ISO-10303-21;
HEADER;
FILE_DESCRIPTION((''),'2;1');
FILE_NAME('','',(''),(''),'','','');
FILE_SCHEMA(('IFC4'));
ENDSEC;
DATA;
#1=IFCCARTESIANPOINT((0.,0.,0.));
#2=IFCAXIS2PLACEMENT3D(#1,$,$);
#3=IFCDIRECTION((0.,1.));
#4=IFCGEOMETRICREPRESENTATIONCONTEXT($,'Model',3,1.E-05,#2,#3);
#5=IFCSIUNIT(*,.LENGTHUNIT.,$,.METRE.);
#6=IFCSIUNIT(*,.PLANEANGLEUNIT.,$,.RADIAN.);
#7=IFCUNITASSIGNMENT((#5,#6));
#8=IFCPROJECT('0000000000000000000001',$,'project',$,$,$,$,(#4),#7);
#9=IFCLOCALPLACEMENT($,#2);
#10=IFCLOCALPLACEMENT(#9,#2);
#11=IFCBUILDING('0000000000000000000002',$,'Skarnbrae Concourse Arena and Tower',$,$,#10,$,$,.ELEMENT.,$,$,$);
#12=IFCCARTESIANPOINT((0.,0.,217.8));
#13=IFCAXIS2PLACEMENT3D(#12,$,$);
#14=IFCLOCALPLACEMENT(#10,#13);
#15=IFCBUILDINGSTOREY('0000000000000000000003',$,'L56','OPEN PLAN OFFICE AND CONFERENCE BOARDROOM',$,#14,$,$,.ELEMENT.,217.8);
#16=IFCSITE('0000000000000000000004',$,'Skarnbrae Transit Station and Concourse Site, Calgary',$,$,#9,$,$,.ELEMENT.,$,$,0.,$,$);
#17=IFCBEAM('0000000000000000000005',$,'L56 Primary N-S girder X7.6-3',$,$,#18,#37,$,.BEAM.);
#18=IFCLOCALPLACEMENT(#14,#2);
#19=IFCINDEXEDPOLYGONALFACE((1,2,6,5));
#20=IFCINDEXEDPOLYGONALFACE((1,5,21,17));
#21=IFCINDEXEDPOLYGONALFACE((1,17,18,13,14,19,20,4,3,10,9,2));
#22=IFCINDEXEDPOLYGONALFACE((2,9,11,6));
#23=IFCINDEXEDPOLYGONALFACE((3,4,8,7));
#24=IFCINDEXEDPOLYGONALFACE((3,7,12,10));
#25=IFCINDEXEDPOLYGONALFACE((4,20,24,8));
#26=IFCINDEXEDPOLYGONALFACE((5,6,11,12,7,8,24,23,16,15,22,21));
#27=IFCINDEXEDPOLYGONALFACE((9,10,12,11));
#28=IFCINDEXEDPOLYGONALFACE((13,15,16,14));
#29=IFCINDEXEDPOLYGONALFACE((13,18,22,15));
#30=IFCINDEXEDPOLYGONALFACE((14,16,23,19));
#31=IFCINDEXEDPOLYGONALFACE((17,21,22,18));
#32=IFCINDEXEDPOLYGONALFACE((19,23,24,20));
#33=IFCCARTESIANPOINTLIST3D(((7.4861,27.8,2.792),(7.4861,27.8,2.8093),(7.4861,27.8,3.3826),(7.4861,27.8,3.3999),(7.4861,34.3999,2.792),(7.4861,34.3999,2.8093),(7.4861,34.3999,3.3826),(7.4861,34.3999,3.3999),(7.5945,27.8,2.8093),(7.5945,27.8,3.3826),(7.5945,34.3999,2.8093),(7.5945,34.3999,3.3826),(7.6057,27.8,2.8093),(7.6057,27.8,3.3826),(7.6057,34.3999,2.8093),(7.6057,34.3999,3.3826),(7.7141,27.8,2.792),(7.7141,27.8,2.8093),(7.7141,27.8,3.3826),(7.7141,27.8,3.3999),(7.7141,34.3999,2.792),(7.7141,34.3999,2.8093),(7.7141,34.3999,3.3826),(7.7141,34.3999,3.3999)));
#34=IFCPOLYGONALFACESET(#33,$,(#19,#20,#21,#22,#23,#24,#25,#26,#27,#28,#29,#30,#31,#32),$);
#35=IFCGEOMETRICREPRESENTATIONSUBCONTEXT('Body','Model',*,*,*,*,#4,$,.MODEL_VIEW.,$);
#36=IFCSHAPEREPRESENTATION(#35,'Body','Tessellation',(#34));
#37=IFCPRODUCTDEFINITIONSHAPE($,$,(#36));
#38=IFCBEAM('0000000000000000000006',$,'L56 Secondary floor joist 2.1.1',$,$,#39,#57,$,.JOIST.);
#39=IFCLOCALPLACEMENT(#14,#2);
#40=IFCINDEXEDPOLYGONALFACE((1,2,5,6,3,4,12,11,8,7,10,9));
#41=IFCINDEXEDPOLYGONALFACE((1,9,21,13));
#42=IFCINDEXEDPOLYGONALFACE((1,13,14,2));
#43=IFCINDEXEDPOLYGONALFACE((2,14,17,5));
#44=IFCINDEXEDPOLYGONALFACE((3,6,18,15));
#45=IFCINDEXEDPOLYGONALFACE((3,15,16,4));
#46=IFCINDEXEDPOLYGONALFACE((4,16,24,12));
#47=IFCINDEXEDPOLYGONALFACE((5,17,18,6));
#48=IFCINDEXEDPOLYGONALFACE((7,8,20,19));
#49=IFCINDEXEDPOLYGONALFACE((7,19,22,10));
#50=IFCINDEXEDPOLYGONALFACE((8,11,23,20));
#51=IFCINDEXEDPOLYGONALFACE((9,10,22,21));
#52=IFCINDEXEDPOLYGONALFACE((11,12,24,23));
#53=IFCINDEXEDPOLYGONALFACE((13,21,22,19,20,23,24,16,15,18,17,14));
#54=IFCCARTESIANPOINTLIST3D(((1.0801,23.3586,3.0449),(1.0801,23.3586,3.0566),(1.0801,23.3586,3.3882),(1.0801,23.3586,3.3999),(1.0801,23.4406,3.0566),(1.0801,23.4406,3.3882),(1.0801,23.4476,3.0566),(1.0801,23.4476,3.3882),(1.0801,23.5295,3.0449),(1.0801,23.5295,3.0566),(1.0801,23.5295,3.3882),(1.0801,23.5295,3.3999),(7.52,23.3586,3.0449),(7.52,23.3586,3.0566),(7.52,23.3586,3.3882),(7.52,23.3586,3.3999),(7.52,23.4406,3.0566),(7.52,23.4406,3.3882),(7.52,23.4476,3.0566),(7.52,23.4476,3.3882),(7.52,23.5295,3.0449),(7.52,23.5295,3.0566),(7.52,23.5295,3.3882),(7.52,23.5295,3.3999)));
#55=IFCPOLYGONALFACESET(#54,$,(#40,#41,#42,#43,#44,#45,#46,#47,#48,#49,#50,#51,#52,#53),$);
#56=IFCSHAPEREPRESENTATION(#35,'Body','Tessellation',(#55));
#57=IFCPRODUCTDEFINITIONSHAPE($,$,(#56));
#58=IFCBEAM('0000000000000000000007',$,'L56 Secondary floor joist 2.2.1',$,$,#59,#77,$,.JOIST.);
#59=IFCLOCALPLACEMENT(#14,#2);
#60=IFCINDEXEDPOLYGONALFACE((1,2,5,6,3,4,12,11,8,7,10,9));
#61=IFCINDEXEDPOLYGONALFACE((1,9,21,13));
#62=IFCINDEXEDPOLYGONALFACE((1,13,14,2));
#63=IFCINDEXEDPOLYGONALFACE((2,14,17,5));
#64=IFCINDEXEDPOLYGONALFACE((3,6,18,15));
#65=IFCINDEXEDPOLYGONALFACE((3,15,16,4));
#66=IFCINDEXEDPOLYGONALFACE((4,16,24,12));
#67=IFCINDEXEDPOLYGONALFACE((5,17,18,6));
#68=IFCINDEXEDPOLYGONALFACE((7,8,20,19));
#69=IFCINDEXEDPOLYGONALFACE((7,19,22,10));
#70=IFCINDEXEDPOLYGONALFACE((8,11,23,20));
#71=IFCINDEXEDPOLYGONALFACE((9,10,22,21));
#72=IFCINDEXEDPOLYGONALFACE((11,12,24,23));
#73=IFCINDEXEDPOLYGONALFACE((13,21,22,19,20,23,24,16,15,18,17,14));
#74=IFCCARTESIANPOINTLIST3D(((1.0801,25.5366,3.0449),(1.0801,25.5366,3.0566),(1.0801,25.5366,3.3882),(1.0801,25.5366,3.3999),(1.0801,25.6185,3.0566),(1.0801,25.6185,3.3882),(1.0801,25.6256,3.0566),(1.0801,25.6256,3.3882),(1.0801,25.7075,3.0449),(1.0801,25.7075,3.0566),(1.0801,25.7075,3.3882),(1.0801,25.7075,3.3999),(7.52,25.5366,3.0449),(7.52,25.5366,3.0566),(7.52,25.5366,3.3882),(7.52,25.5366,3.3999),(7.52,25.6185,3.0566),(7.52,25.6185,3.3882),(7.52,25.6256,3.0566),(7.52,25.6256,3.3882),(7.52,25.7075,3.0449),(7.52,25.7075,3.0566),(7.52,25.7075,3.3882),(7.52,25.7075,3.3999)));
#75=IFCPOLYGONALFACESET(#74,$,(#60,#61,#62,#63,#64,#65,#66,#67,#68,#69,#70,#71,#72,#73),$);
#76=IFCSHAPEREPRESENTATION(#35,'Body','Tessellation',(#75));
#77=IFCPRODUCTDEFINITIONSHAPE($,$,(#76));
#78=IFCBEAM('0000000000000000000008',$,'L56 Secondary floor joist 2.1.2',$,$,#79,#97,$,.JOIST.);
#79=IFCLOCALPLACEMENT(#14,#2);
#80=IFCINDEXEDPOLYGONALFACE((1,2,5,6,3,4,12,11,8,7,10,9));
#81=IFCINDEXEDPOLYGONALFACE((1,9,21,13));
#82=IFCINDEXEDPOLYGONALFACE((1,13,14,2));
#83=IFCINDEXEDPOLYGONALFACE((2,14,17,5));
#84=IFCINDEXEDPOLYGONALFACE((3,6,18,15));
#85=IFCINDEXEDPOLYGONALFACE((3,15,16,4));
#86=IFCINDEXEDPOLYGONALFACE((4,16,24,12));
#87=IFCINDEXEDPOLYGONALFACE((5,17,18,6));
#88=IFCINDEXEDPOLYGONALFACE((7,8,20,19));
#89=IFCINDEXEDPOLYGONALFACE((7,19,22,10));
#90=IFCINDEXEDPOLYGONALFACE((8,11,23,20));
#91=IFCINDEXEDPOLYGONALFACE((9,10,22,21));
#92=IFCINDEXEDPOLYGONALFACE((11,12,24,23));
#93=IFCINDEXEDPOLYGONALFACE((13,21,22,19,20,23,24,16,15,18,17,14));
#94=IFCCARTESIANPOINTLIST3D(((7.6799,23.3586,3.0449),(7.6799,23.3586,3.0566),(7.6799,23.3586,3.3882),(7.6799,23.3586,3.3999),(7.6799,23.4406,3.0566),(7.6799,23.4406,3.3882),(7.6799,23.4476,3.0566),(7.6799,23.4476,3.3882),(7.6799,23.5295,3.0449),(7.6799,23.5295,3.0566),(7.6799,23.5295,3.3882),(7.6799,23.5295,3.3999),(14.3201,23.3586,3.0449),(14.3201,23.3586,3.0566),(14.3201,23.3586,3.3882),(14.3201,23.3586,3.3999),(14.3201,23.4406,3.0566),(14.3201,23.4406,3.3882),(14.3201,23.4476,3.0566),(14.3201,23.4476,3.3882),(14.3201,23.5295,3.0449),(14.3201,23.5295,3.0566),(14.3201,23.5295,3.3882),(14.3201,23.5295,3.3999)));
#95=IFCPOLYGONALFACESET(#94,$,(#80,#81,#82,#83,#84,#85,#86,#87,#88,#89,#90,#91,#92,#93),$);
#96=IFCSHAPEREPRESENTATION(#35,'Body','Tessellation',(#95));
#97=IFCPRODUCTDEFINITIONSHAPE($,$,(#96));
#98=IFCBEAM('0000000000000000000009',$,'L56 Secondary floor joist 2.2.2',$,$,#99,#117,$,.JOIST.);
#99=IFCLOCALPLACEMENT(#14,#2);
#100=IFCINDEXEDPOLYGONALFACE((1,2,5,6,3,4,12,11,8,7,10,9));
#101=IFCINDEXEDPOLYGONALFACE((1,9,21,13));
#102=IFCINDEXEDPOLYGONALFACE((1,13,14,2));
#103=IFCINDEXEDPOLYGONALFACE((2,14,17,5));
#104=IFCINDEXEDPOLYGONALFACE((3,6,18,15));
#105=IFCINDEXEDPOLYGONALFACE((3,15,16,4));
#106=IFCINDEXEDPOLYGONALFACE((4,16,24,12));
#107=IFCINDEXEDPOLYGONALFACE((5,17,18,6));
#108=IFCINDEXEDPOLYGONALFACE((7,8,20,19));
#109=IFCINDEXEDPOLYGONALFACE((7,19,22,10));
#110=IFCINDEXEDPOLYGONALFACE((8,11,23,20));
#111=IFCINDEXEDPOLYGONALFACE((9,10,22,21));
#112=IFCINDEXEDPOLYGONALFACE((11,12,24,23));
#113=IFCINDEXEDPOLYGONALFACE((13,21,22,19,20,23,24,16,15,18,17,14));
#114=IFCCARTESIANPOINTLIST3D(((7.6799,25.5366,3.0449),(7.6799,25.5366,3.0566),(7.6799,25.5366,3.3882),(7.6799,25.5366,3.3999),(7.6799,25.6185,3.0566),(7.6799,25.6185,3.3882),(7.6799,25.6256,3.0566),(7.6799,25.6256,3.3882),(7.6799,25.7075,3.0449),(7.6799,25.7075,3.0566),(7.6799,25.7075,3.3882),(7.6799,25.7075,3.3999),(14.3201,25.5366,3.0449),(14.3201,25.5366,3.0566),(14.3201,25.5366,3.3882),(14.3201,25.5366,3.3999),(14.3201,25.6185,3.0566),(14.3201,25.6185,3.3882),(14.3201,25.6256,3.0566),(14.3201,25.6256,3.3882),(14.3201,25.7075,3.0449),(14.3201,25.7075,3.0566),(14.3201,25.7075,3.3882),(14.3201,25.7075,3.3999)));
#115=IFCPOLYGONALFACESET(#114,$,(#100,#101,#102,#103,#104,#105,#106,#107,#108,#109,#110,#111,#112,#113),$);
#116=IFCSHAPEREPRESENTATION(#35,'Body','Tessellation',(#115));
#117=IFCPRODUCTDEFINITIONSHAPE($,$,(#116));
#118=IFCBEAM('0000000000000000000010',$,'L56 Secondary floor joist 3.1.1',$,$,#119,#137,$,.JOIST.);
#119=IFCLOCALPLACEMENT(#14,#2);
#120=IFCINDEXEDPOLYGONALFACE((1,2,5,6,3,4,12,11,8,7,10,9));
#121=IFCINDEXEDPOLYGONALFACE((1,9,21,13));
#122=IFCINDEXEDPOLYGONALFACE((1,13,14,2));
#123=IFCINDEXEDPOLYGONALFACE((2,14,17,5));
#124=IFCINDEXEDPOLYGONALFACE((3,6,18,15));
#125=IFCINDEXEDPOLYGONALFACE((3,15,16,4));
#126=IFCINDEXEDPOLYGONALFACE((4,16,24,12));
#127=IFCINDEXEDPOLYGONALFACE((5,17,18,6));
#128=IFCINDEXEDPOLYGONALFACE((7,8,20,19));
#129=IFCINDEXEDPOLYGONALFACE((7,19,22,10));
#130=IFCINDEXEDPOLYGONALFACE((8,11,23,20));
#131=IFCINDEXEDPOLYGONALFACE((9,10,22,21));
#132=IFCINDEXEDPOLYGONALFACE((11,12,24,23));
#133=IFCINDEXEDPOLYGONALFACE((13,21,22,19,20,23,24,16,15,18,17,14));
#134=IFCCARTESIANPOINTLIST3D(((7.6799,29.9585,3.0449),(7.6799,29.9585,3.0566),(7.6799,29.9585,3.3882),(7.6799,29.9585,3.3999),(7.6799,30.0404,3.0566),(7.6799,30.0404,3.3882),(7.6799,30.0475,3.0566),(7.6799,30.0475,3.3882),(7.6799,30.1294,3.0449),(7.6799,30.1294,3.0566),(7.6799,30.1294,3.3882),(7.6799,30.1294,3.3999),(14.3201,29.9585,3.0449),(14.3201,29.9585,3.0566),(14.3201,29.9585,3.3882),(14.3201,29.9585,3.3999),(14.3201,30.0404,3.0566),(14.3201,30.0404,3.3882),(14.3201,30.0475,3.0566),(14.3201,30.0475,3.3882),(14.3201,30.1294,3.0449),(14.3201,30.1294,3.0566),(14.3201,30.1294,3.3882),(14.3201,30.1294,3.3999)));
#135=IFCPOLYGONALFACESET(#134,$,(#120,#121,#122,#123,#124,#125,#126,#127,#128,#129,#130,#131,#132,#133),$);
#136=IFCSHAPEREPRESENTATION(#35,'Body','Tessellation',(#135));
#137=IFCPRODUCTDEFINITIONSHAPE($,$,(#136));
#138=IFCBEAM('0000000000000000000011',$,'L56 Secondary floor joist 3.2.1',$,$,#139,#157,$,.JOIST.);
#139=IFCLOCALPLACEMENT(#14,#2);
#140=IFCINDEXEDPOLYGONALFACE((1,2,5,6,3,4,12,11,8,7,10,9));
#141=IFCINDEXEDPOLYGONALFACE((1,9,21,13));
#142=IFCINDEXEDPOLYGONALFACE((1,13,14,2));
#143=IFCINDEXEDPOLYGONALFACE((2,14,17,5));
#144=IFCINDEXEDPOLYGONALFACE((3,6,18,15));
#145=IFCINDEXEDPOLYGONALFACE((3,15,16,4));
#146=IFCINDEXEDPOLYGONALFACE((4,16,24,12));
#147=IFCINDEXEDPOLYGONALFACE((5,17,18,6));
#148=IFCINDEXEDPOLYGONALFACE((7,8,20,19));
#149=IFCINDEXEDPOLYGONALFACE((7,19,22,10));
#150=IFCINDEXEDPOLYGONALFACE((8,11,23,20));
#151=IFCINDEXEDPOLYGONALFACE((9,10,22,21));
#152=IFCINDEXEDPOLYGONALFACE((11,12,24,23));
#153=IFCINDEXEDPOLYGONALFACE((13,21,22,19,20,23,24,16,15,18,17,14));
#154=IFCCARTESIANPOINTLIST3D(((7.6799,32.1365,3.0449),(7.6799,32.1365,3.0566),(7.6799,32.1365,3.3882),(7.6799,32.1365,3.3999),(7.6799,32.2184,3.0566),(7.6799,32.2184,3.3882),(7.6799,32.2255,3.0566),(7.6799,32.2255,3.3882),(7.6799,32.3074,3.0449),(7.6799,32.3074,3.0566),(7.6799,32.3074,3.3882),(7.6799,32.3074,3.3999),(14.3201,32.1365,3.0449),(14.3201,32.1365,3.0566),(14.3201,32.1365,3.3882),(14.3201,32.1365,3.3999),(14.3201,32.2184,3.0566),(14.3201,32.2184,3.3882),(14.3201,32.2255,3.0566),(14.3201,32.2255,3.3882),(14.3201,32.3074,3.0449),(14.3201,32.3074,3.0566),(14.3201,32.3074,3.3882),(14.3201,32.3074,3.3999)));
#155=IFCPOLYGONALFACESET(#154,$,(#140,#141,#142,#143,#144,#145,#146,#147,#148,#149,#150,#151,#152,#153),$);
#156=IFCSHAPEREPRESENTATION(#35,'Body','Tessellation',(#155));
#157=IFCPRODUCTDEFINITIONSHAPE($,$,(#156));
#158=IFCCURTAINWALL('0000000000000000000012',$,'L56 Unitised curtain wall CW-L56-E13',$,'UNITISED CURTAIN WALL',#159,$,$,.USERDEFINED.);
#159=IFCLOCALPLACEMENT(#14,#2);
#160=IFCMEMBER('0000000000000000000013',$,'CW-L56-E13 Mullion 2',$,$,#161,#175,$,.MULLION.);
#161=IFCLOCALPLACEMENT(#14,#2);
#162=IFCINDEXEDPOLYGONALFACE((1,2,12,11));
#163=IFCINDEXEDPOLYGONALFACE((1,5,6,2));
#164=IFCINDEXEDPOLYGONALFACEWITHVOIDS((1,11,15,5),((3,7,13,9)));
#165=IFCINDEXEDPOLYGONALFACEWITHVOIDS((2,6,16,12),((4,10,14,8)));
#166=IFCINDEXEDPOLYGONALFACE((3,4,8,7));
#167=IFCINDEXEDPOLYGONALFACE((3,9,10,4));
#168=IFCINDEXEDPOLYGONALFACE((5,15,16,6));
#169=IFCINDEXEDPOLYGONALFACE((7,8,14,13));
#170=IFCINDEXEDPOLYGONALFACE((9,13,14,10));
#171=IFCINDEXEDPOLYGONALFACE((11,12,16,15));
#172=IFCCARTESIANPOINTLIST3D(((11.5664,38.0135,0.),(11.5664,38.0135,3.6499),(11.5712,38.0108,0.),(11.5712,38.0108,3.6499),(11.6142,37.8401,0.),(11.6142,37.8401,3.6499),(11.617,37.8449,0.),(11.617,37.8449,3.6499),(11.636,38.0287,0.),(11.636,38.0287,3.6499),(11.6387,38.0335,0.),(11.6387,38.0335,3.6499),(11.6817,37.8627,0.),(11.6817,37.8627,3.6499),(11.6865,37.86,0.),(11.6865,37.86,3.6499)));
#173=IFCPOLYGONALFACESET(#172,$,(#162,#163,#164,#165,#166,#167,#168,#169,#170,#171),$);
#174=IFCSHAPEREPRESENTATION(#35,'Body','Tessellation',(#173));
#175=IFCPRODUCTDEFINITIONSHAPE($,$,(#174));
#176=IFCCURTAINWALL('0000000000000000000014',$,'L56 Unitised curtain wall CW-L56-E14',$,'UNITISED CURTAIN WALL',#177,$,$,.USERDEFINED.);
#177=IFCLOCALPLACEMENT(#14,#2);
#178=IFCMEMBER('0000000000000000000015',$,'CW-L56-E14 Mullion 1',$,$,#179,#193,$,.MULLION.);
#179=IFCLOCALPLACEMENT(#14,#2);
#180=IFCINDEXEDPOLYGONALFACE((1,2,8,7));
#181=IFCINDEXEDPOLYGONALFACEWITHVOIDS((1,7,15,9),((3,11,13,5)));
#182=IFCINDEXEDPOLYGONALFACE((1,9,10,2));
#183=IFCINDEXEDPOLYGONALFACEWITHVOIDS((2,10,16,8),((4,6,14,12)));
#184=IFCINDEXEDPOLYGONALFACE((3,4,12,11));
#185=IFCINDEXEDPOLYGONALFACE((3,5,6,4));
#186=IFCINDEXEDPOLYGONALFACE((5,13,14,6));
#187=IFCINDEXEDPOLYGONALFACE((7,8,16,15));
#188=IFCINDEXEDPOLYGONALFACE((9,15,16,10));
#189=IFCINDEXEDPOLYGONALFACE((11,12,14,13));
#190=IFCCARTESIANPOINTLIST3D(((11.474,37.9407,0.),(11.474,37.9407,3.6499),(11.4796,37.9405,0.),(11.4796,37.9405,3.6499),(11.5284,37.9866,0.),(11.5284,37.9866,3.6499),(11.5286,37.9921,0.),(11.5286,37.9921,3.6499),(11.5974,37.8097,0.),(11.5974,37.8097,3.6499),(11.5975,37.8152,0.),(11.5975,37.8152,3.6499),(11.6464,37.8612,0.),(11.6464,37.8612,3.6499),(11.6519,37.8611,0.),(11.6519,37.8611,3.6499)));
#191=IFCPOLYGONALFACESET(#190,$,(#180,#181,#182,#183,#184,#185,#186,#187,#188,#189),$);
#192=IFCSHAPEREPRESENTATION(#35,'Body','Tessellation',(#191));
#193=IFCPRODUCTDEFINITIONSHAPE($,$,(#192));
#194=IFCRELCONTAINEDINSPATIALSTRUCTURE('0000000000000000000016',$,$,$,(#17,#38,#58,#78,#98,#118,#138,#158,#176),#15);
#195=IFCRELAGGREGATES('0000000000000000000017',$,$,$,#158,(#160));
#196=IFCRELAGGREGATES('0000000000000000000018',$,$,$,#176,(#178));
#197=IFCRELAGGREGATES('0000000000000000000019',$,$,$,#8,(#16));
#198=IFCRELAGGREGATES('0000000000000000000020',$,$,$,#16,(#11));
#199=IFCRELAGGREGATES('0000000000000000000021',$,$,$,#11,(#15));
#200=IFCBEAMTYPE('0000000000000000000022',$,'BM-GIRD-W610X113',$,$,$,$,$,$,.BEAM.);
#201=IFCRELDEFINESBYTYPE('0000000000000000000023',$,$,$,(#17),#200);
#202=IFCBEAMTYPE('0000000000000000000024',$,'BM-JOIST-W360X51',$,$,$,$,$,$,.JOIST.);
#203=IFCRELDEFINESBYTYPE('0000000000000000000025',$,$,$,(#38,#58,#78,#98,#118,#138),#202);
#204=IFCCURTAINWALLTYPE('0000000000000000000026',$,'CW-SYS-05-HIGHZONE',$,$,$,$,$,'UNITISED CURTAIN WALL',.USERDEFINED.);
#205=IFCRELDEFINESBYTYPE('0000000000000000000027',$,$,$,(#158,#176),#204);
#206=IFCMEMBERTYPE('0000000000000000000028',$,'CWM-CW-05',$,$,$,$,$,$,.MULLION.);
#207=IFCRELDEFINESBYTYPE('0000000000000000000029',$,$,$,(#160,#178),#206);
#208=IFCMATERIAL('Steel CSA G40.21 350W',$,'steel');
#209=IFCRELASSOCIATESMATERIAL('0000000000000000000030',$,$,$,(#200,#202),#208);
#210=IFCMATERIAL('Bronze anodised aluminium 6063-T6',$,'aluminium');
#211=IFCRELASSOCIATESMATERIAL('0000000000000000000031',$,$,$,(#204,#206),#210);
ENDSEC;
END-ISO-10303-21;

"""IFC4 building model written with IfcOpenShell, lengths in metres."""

from ifc_helpers import new_model, si_unit, direction, frame, origin, origin_2d, place, context, subcontext, project, spatial, hollow_rectangle, i_section, extrude, source, transform, mapped, material, material_profile, profile_set, type_object, element, aggregate, save


model = new_model("IFC4")

# Units and contexts
model_context = context("Model", 3, precision=1e-05, world=origin(), true_north=direction((0.0, 1.0)))
body_context = subcontext(model_context, "Body", "Model", "MODEL_VIEW")
ifc_project = project(units=[si_unit("LENGTHUNIT", "METRE"), si_unit("PLANEANGLEUNIT", "RADIAN")], contexts=[model_context])

# Site, building, storey
site_placement = place(None, origin())
site = spatial("IfcSite", under=ifc_project, at=site_placement, Name="Skarnbrae Transit Station and Concourse Site, Calgary", CompositionType="ELEMENT", RefElevation=0.0)
building_placement = place(site_placement, origin())
building = spatial("IfcBuilding", under=site, at=building_placement, Name="Skarnbrae Concourse Arena and Tower", CompositionType="ELEMENT")
storey_placement = place(building_placement, frame((0.0, 0.0, 217.8)))
storey = spatial("IfcBuildingStorey", under=building, at=storey_placement, Name="L56", Description="OPEN PLAN OFFICE AND CONFERENCE BOARDROOM", CompositionType="ELEMENT", Elevation=217.8)

# Shared definitions
ifc_material_1 = material(Name="Steel CSA G40.21 350W", Category="steel")

# Beams
ifc_material_profile_1 = material_profile(ifc_material_1, i_section(OverallWidth=0.228, OverallDepth=0.6079, WebThickness=0.0112, FlangeThickness=0.0173, at=origin_2d()), Name="W610X113")
ifc_profile_set_1 = profile_set([ifc_material_profile_1], Name="Steel CSA G40.21 350W")
beam_type_1 = type_object("IfcBeamType", Name="BM-GIRD-W610X113", PredefinedType="BEAM", material=ifc_profile_set_1)
shared_shape_1 = source(origin(), body_context, "Body", "SweptSolid", [
    extrude(i_section(OverallWidth=0.228, OverallDepth=0.6079, WebThickness=0.0112, FlangeThickness=0.0173, at=origin_2d()), origin(), (0.0, 0.0, 1.0), 6.5999),
])
beam_1_placement = place(storey_placement, frame((7.6001, 27.8, 3.0959), z_axis=(0.0, 1.0, 0.0), x_axis=(-1.0, 0.0, 0.0)))
element("IfcBeam", 1, at=beam_1_placement, inside=storey, type_object=beam_type_1, Name="L56 Primary N-S girder X7.6-3", PredefinedType="BEAM", context=body_context, shape_type="MappedRepresentation", body=[
    mapped(shared_shape_1, transform((0.0, 0.0, 0.0))),
])
ifc_material_profile_2 = material_profile(ifc_material_1, i_section(OverallWidth=0.1709, OverallDepth=0.355, WebThickness=0.0071, FlangeThickness=0.0117, at=origin_2d()), Name="W360X51")
ifc_profile_set_2 = profile_set([ifc_material_profile_2], Name="Steel CSA G40.21 350W")
beam_type_2 = type_object("IfcBeamType", Name="BM-JOIST-W360X51", PredefinedType="JOIST", material=ifc_profile_set_2)
shared_shape_2 = source(origin(), body_context, "Body", "SweptSolid", [
    extrude(i_section(OverallWidth=0.1709, OverallDepth=0.355, WebThickness=0.0071, FlangeThickness=0.0117, at=origin_2d()), origin(), (0.0, 0.0, 1.0), 6.4399),
])
for number, where, z_axis, x_axis, name in (
    (2, (1.0801, 23.4441, 3.2224), (1.0, 0.0, 0.0), (0.0, 1.0, 0.0), "L56 Secondary floor joist 2.1.1"),
    (3, (1.0801, 25.6221, 3.2224), (1.0, 0.0, 0.0), (0.0, 1.0, 0.0), "L56 Secondary floor joist 2.2.1"),
):
    element("IfcBeam", number, at=place(storey_placement, frame(where, z_axis=z_axis, x_axis=x_axis)), inside=storey, type_object=beam_type_2, Name=name, PredefinedType="JOIST", context=body_context, shape_type="MappedRepresentation", body=[
        mapped(shared_shape_2, transform((0.0, 0.0, 0.0))),
    ])
shared_shape_3 = source(origin(), body_context, "Body", "SweptSolid", [
    extrude(i_section(OverallWidth=0.1709, OverallDepth=0.355, WebThickness=0.0071, FlangeThickness=0.0117, at=origin_2d()), origin(), (0.0, 0.0, 1.0), 6.6401),
])
for number, where, z_axis, x_axis, name in (
    (4, (7.6799, 23.4441, 3.2224), (1.0, 0.0, 0.0), (0.0, 1.0, 0.0), "L56 Secondary floor joist 2.1.2"),
    (5, (7.6799, 25.6221, 3.2224), (1.0, 0.0, 0.0), (0.0, 1.0, 0.0), "L56 Secondary floor joist 2.2.2"),
    (6, (7.6799, 30.0439, 3.2224), (1.0, 0.0, 0.0), (0.0, 1.0, 0.0), "L56 Secondary floor joist 3.1.1"),
    (7, (7.6799, 32.2219, 3.2224), (1.0, 0.0, 0.0), (0.0, 1.0, 0.0), "L56 Secondary floor joist 3.2.1"),
):
    element("IfcBeam", number, at=place(storey_placement, frame(where, z_axis=z_axis, x_axis=x_axis)), inside=storey, type_object=beam_type_2, Name=name, PredefinedType="JOIST", context=body_context, shape_type="MappedRepresentation", body=[
        mapped(shared_shape_3, transform((0.0, 0.0, 0.0))),
    ])

# Curtain wall, member
ifc_material_2 = material(Name="Bronze anodised aluminium 6063-T6", Category="aluminium")
curtain_wall_type = type_object("IfcCurtainWallType", Name="CW-SYS-05-HIGHZONE", ElementType="UNITISED CURTAIN WALL", PredefinedType="USERDEFINED", material=ifc_material_2)
curtain_wall_1_placement = place(storey_placement, origin())
curtain_wall_1 = element("IfcCurtainWall", 8, at=curtain_wall_1_placement, inside=storey, type_object=curtain_wall_type, Name="L56 Unitised curtain wall CW-L56-E13", ObjectType="UNITISED CURTAIN WALL", PredefinedType="USERDEFINED")
ifc_material_profile_3 = material_profile(ifc_material_2, hollow_rectangle(XDim=0.075, YDim=0.1799, WallThickness=0.0039, at=origin_2d()), Name="ALU-MULL-75X180")
ifc_profile_set_3 = profile_set([ifc_material_profile_3], Name="Bronze anodised aluminium 6063-T6")
member_type_1 = type_object("IfcMemberType", Name="CWM-CW-05", PredefinedType="MULLION", material=ifc_profile_set_3)
shared_shape_4 = source(origin(), body_context, "Body", "SweptSolid", [
    extrude(hollow_rectangle(XDim=0.075, YDim=0.1799, WallThickness=0.0039, at=origin_2d()), origin(), (0.0, 0.0, 1.0), 3.6499),
])
member_1_placement = place(storey_placement, frame((11.6265, 37.9368, 0.0), z_axis=(0.0, 0.0, 1.0), x_axis=(-0.964057, -0.265694, 0.0)))
member_1 = element("IfcMember", 9, at=member_1_placement, type_object=member_type_1, Name="CW-L56-E13 Mullion 2", PredefinedType="MULLION", context=body_context, shape_type="MappedRepresentation", body=[
    mapped(shared_shape_4, transform((0.0, 0.0, 0.0))),
])
aggregate(curtain_wall_1, [member_1])

# Curtain wall, member
curtain_wall_2_placement = place(storey_placement, origin())
curtain_wall_2 = element("IfcCurtainWall", 10, at=curtain_wall_2_placement, inside=storey, type_object=curtain_wall_type, Name="L56 Unitised curtain wall CW-L56-E14", ObjectType="UNITISED CURTAIN WALL", PredefinedType="USERDEFINED")
member_2_placement = place(storey_placement, frame((11.563, 37.9009, 0.0), z_axis=(0.0, 0.0, 1.0), x_axis=(-0.728131, -0.685438, 0.0)))
member_2 = element("IfcMember", 11, at=member_2_placement, type_object=member_type_1, Name="CW-L56-E14 Mullion 1", PredefinedType="MULLION", context=body_context, shape_type="MappedRepresentation", body=[
    mapped(shared_shape_4, transform((0.0, 0.0, 0.0))),
])

aggregate(curtain_wall_2, [member_2])

save(model, "model.ifc")
